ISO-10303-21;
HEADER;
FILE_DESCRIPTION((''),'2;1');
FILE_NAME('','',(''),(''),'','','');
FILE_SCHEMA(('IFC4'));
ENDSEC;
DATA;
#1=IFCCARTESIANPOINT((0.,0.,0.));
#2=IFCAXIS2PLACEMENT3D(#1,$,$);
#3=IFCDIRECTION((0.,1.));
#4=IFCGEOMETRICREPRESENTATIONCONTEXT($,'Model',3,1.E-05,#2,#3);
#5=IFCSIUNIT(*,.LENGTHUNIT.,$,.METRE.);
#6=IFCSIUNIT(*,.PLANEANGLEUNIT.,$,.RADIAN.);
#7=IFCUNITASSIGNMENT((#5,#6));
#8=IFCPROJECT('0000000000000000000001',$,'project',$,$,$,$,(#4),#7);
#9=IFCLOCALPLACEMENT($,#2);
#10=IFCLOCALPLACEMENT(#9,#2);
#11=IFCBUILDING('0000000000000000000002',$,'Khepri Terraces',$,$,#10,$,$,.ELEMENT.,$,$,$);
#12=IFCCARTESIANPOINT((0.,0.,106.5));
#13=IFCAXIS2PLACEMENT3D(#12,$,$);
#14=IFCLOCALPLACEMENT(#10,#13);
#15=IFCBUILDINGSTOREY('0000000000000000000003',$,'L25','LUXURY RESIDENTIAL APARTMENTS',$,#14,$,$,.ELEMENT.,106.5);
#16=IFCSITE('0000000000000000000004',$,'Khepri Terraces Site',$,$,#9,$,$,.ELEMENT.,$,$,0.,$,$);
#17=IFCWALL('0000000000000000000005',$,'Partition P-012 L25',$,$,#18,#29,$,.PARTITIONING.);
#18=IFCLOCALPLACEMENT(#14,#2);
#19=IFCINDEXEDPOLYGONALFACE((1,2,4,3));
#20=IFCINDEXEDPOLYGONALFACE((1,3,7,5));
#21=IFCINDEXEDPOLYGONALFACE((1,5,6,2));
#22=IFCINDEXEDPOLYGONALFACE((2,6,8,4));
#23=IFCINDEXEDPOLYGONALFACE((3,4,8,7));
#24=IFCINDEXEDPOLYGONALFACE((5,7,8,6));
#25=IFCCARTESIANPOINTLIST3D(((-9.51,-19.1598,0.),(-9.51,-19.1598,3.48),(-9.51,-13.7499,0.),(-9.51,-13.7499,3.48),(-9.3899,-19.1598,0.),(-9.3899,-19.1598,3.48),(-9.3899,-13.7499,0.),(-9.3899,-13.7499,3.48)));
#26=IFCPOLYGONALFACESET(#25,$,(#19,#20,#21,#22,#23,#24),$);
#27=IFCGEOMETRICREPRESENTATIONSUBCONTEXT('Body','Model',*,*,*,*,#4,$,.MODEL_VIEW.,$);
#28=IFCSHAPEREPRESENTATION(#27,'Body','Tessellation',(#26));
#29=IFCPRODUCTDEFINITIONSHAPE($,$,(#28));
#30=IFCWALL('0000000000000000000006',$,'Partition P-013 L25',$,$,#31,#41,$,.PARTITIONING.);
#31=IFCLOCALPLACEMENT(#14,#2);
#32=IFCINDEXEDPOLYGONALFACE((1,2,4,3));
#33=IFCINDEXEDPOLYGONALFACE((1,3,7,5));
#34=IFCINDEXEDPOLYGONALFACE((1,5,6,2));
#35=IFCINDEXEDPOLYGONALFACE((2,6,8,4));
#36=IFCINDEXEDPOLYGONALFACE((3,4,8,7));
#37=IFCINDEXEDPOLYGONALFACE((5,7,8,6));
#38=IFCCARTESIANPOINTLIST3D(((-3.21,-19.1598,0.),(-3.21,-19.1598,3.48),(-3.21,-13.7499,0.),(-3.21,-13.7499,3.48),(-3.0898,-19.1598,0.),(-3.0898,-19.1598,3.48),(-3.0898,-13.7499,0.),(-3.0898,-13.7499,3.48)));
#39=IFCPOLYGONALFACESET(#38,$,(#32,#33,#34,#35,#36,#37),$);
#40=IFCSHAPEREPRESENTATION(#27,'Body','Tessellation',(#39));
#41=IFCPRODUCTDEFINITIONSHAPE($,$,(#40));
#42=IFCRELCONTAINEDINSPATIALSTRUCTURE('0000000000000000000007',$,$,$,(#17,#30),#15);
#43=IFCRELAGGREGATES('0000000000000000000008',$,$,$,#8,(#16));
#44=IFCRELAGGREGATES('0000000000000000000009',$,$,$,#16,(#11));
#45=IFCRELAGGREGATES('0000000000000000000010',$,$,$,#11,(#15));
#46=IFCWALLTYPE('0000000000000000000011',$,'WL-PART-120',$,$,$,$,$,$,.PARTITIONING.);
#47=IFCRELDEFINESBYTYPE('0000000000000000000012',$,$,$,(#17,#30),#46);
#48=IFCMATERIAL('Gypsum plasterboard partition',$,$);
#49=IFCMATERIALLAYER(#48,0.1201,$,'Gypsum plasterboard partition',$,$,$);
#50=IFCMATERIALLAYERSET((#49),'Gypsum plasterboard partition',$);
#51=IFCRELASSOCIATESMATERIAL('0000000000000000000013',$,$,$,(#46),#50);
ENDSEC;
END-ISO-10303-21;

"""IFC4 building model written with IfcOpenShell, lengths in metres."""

from ifc_helpers import new_model, si_unit, direction, frame, frame_2d, origin, place, context, subcontext, project, spatial, rectangle, extrude, material, layer, layer_set, type_object, element, save


model = new_model("IFC4")

# Units and contexts
model_context = context("Model", 3, precision=1e-05, world=origin(), true_north=direction((0.0, 1.0)))
body_context = subcontext(model_context, "Body", "Model", "MODEL_VIEW")
ifc_project = project(units=[si_unit("LENGTHUNIT", "METRE"), si_unit("PLANEANGLEUNIT", "RADIAN")], contexts=[model_context])

# Site, building, storey
site_placement = place(None, origin())
site = spatial("IfcSite", under=ifc_project, at=site_placement, Name="Khepri Terraces Site", CompositionType="ELEMENT", RefElevation=0.0)
building_placement = place(site_placement, origin())
building = spatial("IfcBuilding", under=site, at=building_placement, Name="Khepri Terraces", CompositionType="ELEMENT")
storey_placement = place(building_placement, frame((0.0, 0.0, 106.5)))
storey = spatial("IfcBuildingStorey", under=building, at=storey_placement, Name="L25", Description="LUXURY RESIDENTIAL APARTMENTS", CompositionType="ELEMENT", Elevation=106.5)

# Shared definitions
ifc_material_1 = material(Name="Gypsum plasterboard partition")
ifc_layer_1 = layer(ifc_material_1, 0.1201, Name="Gypsum plasterboard partition")
ifc_layer_set_1 = layer_set([ifc_layer_1], Name="Gypsum plasterboard partition")
wall_type_1 = type_object("IfcWallType", Name="WL-PART-120", PredefinedType="PARTITIONING", material=ifc_layer_set_1)

# Walls
for number, where, z_axis, x_axis, name in (
    (1, (-9.45, -19.1599, 0.0), (0.0, 0.0, 1.0), (0.0, 1.0, 0.0), "Partition P-012 L25"),
    (2, (-3.1499, -19.1599, 0.0), (0.0, 0.0, 1.0), (0.0, 1.0, 0.0), "Partition P-013 L25"),
):
    element("IfcWall", number, at=place(storey_placement, frame(where, z_axis=z_axis, x_axis=x_axis)), inside=storey, type_object=wall_type_1, Name=name, PredefinedType="PARTITIONING", context=body_context, shape_type="SweptSolid", body=[
        extrude(rectangle(XDim=5.4099, YDim=0.1201, at=frame_2d((2.7051, 0.0))), origin(), (0.0, 0.0, 1.0), 3.48),
    ])

save(model, "model.ifc")
